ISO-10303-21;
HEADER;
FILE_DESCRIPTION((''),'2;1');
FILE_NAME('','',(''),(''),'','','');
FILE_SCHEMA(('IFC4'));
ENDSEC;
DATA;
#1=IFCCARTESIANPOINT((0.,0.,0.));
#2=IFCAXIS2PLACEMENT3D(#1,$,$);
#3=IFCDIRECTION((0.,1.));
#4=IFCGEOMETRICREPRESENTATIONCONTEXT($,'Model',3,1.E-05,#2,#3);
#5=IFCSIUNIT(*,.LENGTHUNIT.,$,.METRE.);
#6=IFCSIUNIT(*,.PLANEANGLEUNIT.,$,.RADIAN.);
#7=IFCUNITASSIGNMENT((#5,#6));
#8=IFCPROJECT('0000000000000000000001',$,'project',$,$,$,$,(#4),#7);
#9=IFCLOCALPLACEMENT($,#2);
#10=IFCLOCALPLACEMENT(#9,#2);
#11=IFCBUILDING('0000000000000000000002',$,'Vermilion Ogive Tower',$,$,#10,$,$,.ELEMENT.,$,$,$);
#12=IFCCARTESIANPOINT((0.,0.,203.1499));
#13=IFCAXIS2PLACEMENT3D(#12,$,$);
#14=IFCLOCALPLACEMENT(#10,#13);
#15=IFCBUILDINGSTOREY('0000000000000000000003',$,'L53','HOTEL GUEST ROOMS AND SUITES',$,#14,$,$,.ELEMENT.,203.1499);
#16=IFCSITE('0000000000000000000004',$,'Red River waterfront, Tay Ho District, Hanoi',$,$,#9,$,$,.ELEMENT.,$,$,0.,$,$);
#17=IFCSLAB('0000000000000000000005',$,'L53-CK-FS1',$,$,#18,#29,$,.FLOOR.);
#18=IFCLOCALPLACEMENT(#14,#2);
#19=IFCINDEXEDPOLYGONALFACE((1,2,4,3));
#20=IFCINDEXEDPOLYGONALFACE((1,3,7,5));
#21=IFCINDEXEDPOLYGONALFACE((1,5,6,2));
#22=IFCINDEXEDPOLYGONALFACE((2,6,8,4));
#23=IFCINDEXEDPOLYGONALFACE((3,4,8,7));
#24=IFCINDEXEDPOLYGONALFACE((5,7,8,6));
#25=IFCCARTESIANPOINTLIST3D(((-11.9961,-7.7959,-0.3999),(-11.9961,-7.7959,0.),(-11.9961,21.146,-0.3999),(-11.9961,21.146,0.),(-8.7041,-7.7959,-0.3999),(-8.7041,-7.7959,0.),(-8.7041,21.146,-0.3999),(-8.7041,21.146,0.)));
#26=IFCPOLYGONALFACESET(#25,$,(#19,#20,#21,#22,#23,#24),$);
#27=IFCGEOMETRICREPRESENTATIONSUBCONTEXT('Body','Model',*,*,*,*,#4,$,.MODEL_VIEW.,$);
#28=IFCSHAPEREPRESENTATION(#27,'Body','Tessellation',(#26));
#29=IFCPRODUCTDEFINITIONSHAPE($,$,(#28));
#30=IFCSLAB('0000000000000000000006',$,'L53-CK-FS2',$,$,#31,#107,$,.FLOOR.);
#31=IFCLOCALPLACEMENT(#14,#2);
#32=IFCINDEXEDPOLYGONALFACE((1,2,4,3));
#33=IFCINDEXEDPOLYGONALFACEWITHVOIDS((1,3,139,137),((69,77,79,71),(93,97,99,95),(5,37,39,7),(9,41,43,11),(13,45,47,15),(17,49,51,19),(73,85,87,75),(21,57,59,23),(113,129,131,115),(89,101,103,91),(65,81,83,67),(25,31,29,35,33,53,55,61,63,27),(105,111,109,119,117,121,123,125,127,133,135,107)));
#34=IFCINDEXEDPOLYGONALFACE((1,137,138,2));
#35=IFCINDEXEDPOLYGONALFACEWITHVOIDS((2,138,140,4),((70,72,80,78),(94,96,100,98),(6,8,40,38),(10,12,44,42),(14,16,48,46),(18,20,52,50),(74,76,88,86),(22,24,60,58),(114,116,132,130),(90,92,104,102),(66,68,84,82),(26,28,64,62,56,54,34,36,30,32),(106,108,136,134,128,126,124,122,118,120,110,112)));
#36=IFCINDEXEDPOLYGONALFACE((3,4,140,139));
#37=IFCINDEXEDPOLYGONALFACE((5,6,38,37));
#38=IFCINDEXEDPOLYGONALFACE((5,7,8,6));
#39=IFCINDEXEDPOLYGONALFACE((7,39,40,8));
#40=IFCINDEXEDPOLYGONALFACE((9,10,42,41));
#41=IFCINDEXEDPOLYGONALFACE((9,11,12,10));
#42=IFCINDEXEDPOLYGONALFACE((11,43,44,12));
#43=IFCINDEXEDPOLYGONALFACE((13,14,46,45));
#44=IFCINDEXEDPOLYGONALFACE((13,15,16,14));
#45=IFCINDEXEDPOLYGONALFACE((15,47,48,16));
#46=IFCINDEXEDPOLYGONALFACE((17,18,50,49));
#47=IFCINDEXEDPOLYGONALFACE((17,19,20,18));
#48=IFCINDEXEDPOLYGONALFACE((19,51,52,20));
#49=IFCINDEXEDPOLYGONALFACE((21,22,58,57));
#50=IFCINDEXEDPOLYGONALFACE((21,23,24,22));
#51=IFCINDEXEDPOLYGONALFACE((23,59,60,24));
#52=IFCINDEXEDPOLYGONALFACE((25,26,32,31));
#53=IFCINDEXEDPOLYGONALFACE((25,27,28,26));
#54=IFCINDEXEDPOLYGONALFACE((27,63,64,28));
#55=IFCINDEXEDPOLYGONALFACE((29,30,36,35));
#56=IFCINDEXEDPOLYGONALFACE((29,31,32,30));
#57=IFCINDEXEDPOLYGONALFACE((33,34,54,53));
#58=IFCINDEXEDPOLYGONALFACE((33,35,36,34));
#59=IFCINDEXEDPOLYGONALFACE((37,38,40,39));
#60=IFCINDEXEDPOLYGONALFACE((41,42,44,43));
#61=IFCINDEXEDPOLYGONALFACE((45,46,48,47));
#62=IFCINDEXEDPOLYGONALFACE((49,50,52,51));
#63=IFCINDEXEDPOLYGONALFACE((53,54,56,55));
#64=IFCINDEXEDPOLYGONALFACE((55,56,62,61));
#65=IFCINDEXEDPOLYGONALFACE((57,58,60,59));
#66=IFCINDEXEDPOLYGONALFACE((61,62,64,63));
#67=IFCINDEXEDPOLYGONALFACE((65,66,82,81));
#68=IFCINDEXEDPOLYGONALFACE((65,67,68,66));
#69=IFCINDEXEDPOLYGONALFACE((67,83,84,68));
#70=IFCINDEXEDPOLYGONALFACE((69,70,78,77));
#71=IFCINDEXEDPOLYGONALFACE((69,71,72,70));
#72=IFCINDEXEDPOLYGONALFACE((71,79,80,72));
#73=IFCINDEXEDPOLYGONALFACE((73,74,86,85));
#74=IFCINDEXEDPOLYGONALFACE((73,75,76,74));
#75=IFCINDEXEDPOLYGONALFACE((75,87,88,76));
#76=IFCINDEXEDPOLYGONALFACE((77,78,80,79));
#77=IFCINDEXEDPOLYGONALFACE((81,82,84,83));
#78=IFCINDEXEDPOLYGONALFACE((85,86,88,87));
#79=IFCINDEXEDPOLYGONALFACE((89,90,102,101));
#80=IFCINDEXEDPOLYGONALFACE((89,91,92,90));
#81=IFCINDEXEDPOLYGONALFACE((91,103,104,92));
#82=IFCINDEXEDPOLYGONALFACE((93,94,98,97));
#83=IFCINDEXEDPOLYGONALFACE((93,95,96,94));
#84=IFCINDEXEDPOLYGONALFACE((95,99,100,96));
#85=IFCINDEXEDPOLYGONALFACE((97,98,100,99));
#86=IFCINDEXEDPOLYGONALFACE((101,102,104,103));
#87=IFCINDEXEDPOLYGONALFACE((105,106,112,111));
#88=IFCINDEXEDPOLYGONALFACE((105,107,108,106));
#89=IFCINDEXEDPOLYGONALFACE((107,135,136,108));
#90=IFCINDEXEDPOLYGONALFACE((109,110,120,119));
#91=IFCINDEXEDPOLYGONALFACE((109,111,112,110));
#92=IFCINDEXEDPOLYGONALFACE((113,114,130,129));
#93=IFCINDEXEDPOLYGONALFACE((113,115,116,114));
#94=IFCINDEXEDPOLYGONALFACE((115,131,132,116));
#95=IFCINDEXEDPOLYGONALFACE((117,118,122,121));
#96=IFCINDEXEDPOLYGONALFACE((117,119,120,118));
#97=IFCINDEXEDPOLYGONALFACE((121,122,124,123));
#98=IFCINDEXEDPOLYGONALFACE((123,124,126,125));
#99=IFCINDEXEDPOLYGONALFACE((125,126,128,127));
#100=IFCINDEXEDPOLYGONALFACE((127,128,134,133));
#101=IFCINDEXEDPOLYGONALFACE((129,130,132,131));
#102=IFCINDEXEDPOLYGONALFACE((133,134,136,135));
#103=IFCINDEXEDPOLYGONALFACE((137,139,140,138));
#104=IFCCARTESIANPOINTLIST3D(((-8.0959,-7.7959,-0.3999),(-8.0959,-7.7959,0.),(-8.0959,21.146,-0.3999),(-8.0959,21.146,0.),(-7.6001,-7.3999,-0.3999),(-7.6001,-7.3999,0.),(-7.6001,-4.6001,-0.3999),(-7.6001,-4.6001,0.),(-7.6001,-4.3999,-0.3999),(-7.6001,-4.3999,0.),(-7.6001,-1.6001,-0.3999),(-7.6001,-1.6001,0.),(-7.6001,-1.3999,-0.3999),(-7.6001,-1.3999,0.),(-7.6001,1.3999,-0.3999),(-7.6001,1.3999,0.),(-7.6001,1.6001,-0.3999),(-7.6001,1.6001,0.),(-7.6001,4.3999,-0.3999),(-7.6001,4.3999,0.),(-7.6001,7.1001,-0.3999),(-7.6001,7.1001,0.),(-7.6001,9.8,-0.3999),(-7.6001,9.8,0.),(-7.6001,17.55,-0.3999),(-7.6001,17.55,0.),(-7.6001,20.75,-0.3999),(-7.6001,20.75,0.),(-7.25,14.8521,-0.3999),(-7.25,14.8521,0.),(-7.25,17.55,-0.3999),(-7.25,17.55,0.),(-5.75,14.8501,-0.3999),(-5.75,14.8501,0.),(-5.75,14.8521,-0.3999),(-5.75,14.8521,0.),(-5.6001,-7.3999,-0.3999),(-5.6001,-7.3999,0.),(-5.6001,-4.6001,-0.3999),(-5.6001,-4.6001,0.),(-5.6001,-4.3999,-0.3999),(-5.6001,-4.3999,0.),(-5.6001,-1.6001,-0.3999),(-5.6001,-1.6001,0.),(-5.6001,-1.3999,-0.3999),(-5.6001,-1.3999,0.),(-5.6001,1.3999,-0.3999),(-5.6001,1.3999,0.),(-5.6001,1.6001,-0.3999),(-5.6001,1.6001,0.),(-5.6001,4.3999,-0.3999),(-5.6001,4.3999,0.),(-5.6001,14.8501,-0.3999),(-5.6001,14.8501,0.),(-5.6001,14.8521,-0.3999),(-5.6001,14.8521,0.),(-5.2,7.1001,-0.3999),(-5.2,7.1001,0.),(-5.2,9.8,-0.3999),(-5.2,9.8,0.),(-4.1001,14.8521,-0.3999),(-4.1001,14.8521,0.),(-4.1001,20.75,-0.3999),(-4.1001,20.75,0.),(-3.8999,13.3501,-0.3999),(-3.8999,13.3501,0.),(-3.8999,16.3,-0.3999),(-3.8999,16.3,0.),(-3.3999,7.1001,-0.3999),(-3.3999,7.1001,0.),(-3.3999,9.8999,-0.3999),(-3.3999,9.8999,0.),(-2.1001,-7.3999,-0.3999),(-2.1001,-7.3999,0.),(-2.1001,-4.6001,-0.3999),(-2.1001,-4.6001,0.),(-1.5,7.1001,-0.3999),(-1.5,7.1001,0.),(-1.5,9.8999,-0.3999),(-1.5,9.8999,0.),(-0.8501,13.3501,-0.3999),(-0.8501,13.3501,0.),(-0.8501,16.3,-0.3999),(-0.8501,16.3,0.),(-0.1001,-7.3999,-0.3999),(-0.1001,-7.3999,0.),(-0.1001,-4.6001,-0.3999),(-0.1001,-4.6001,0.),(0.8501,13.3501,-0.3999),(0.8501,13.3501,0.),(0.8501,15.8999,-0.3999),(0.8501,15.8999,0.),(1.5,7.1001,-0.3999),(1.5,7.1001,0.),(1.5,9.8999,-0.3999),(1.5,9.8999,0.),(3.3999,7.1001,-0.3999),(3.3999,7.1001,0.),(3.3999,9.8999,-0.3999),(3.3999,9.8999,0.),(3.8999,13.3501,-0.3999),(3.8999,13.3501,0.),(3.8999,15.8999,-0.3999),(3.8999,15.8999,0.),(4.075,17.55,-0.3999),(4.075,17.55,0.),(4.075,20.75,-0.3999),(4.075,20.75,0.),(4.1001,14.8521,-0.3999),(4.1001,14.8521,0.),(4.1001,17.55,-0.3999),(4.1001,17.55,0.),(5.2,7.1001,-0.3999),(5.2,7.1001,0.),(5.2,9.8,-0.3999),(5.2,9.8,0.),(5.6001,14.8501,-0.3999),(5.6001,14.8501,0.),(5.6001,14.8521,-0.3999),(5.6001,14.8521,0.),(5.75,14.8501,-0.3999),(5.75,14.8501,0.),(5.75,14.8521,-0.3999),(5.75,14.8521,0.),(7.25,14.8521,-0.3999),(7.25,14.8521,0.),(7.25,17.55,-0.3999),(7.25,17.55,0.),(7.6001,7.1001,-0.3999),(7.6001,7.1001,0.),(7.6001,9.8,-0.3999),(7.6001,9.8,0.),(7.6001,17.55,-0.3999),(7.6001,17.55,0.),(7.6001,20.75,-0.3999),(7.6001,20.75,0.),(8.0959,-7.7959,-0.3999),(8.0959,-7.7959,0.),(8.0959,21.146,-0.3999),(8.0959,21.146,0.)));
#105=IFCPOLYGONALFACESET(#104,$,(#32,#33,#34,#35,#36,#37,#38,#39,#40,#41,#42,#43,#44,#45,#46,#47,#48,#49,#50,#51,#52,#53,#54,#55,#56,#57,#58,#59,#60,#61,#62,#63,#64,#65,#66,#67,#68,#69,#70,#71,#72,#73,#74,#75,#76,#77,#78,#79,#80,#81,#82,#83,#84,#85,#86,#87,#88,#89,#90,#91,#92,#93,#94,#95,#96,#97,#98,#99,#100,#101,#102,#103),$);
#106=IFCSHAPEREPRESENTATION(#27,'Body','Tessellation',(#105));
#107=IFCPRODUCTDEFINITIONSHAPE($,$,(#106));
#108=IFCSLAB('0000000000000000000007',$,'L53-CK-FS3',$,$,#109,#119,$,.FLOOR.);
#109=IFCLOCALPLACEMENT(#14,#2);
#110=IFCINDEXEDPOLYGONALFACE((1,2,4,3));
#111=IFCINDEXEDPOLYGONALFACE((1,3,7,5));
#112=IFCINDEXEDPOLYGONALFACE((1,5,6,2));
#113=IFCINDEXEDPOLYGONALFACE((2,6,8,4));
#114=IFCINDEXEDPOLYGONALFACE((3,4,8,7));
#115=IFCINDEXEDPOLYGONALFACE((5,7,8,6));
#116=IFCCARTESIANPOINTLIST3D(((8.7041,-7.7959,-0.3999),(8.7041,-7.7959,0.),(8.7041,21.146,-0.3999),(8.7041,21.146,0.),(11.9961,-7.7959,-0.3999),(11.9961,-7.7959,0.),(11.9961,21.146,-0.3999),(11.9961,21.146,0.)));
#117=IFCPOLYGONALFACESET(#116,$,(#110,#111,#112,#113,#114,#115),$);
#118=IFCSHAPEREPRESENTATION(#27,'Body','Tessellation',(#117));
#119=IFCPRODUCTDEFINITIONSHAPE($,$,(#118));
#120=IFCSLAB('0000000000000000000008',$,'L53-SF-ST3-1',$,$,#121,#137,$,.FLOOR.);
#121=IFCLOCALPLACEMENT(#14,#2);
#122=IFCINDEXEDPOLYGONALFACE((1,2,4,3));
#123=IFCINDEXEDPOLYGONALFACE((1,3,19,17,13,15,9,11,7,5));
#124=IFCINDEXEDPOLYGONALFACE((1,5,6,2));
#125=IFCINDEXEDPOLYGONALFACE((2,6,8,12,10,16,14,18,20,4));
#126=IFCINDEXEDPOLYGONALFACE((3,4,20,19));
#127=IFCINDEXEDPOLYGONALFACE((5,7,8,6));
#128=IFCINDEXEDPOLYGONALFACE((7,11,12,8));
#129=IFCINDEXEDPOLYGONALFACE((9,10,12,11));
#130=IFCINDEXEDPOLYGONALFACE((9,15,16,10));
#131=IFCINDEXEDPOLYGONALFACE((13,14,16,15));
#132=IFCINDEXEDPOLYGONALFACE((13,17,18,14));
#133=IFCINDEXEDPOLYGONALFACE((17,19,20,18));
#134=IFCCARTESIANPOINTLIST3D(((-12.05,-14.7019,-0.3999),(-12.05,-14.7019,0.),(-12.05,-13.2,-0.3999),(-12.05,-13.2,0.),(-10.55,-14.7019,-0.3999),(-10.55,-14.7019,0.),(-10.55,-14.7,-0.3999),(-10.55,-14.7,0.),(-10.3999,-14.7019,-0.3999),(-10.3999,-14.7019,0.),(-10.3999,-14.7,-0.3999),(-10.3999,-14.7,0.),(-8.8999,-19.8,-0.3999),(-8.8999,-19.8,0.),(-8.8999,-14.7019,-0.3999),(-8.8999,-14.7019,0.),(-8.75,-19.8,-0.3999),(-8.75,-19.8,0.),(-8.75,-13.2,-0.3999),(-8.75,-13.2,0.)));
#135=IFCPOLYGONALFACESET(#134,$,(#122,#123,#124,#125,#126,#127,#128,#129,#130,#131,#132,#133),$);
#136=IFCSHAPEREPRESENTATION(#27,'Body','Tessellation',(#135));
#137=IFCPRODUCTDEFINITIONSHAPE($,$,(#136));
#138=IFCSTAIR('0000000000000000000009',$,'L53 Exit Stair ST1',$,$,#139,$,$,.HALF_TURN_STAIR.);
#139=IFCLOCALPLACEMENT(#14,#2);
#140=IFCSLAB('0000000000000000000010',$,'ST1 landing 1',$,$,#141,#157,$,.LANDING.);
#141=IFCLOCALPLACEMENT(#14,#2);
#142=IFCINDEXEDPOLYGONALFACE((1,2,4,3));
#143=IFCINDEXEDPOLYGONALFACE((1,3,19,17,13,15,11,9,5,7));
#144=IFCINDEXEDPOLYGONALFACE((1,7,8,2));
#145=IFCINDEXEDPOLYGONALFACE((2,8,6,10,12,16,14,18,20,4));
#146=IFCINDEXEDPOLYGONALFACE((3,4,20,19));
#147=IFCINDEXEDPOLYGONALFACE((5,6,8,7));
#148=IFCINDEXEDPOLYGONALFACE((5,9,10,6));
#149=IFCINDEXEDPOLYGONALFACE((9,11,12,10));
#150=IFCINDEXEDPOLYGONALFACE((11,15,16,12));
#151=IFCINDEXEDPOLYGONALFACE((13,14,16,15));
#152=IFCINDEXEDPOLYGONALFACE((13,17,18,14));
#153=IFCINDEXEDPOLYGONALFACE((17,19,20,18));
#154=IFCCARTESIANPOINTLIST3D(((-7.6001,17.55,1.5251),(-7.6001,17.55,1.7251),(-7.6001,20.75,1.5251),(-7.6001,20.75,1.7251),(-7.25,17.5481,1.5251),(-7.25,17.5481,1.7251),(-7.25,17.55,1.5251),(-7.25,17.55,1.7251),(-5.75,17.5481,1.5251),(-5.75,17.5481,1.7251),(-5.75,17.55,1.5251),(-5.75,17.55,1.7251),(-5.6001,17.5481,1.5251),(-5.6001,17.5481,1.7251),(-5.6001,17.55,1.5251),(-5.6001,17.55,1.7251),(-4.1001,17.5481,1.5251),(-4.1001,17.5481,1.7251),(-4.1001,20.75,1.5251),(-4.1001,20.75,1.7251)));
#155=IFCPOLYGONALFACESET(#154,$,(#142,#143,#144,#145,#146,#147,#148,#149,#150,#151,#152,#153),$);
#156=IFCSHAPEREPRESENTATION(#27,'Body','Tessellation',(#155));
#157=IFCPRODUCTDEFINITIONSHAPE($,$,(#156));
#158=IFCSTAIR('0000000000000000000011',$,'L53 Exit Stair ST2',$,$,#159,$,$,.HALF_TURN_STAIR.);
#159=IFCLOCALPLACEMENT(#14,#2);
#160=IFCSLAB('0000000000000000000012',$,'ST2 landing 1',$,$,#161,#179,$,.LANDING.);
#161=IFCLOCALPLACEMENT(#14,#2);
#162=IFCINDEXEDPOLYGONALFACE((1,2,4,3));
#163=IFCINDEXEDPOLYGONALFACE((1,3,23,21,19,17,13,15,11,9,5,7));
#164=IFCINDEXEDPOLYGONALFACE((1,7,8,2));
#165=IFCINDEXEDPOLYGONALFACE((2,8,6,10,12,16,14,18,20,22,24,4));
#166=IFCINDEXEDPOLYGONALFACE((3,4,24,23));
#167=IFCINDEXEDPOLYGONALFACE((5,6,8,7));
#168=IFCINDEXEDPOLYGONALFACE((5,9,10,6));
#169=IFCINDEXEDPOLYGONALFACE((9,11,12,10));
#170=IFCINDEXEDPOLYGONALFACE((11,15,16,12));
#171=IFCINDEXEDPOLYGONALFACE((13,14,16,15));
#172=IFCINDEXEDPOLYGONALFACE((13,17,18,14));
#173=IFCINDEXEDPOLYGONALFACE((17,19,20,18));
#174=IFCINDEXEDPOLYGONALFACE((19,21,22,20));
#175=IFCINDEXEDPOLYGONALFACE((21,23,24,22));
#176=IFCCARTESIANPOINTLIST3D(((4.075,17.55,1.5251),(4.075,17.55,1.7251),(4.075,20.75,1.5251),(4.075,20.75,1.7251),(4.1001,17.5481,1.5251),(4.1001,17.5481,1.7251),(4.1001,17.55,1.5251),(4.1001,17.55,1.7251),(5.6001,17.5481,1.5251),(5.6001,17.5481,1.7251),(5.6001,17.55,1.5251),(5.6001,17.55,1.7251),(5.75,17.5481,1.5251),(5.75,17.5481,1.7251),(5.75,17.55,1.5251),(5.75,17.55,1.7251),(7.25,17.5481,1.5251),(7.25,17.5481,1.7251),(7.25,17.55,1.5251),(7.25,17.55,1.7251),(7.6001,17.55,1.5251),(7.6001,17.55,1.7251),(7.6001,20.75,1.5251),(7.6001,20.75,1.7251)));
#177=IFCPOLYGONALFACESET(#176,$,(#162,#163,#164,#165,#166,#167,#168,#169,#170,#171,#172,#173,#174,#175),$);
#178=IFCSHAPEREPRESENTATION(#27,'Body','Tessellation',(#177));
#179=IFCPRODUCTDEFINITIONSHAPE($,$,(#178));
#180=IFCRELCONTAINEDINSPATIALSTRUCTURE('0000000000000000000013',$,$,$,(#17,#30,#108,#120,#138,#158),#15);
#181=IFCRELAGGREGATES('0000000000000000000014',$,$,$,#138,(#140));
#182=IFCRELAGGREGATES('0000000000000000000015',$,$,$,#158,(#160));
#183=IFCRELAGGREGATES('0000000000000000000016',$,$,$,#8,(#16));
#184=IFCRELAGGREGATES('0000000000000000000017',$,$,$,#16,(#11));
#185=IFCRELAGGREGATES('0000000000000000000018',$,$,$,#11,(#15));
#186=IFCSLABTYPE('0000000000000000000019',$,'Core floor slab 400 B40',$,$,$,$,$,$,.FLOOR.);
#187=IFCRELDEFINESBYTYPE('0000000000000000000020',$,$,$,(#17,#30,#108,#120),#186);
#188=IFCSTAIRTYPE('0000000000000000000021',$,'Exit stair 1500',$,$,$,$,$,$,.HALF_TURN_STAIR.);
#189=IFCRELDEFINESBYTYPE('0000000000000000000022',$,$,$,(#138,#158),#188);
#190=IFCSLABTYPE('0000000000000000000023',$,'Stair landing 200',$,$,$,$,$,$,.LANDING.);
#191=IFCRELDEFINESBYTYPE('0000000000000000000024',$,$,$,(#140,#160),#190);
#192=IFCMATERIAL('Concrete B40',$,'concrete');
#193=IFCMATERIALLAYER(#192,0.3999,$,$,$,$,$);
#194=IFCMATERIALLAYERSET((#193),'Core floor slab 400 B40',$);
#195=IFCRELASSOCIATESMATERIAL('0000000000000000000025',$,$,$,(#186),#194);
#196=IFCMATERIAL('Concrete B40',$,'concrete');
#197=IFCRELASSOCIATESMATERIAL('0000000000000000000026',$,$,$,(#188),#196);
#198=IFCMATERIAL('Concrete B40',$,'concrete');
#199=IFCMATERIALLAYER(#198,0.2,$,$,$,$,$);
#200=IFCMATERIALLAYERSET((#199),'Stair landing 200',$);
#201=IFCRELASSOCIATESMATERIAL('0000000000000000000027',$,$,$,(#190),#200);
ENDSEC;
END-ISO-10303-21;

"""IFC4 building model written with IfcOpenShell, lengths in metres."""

from ifc_helpers import new_model, si_unit, direction, frame, origin, place, context, subcontext, project, spatial, polyline, outline, extrude, material, layer, layer_set, type_object, element, aggregate, save


model = new_model("IFC4")

# Units and contexts
model_context = context("Model", 3, precision=1e-05, world=origin(), true_north=direction((0.0, 1.0)))
body_context = subcontext(model_context, "Body", "Model", "MODEL_VIEW")
ifc_project = project(units=[si_unit("LENGTHUNIT", "METRE"), si_unit("PLANEANGLEUNIT", "RADIAN")], contexts=[model_context])

# Site, building, storey
site_placement = place(None, origin())
site = spatial("IfcSite", under=ifc_project, at=site_placement, Name="Red River waterfront, Tay Ho District, Hanoi", CompositionType="ELEMENT", RefElevation=0.0)
building_placement = place(site_placement, origin())
building = spatial("IfcBuilding", under=site, at=building_placement, Name="Vermilion Ogive Tower", CompositionType="ELEMENT")
storey_placement = place(building_placement, frame((0.0, 0.0, 203.1499)))
storey = spatial("IfcBuildingStorey", under=building, at=storey_placement, Name="L53", Description="HOTEL GUEST ROOMS AND SUITES", CompositionType="ELEMENT", Elevation=203.1499)

# Slabs
ifc_material_1 = material(Name="Concrete B40", Category="concrete")
ifc_layer_1 = layer(ifc_material_1, 0.3999)
ifc_layer_set_1 = layer_set([ifc_layer_1], Name="Core floor slab 400 B40")
slab_type_1 = type_object("IfcSlabType", Name="Core floor slab 400 B40", PredefinedType="FLOOR", material=ifc_layer_set_1)
slab_1_placement = place(storey_placement, frame((0.0, 0.0, -0.3999)))
element("IfcSlab", 1, at=slab_1_placement, inside=storey, type_object=slab_type_1, Name="L53-CK-FS1", PredefinedType="FLOOR", context=body_context, shape_type="SweptSolid", body=[
    extrude(outline(polyline([(-11.9961, 21.146), (-8.7041, 21.146), (-8.7041, -7.7959), (-11.9961, -7.7959), (-11.9961, 21.146)])), origin(), (0.0, 0.0, 1.0), 0.3999),
])
slab_2_placement = place(storey_placement, frame((0.0, 0.0, -0.3999)))
element("IfcSlab", 2, at=slab_2_placement, inside=storey, type_object=slab_type_1, Name="L53-CK-FS2", PredefinedType="FLOOR", context=body_context, shape_type="SweptSolid", body=[
    extrude(outline(polyline([(-8.0959, -7.7959), (8.0959, -7.7959), (8.0959, 21.146), (-8.0959, 21.146), (-8.0959, -7.7959)]), holes=[polyline([(-7.6001, -7.3999), (-7.6001, -4.6001), (-5.6001, -4.6001), (-5.6001, -7.3999), (-7.6001, -7.3999)]), polyline([(-7.6001, -4.3999), (-7.6001, -1.6001), (-5.6001, -1.6001), (-5.6001, -4.3999), (-7.6001, -4.3999)]), polyline([(-7.6001, -1.3999), (-7.6001, 1.3999), (-5.6001, 1.3999), (-5.6001, -1.3999), (-7.6001, -1.3999)]), polyline([(-7.6001, 1.6001), (-7.6001, 4.3999), (-5.6001, 4.3999), (-5.6001, 1.6001), (-7.6001, 1.6001)]), polyline([(-7.6001, 7.1001), (-7.6001, 9.8), (-5.2, 9.8), (-5.2, 7.1001), (-7.6001, 7.1001)]), polyline([(-3.3999, 9.8999), (-1.5, 9.8999), (-1.5, 7.1001), (-3.3999, 7.1001), (-3.3999, 9.8999)]), polyline([(-7.6001, 17.55), (-7.6001, 20.75), (-4.1001, 20.75), (-4.1001, 14.8521), (-5.6001, 14.8521), (-5.6001, 14.8501), (-5.75, 14.8501), (-5.75, 14.8521), (-7.25, 14.8521), (-7.25, 17.55), (-7.6001, 17.55)]), polyline([(-2.1001, -7.3999), (-2.1001, -4.6001), (-0.1001, -4.6001), (-0.1001, -7.3999), (-2.1001, -7.3999)]), polyline([(5.2, 7.1001), (5.2, 9.8), (7.6001, 9.8), (7.6001, 7.1001), (5.2, 7.1001)]), polyline([(1.5, 7.1001), (1.5, 9.8999), (3.3999, 9.8999), (3.3999, 7.1001), (1.5, 7.1001)]), polyline([(0.8501, 13.3501), (0.8501, 15.8999), (3.8999, 15.8999), (3.8999, 13.3501), (0.8501, 13.3501)]), polyline([(-3.8999, 16.3), (-0.8501, 16.3), (-0.8501, 13.3501), (-3.8999, 13.3501), (-3.8999, 16.3)]), polyline([(5.75, 14.8501), (5.6001, 14.8501), (5.6001, 14.8521), (4.1001, 14.8521), (4.1001, 17.55), (4.075, 17.55), (4.075, 20.75), (7.6001, 20.75), (7.6001, 17.55), (7.25, 17.55), (7.25, 14.8521), (5.75, 14.8521), (5.75, 14.8501)])]), origin(), (0.0, 0.0, 1.0), 0.3999),
])
slab_3_placement = place(storey_placement, frame((0.0, 0.0, -0.3999)))
element("IfcSlab", 3, at=slab_3_placement, inside=storey, type_object=slab_type_1, Name="L53-CK-FS3", PredefinedType="FLOOR", context=body_context, shape_type="SweptSolid", body=[
    extrude(outline(polyline([(11.9961, 21.146), (11.9961, -7.7959), (8.7041, -7.7959), (8.7041, 21.146), (11.9961, 21.146)])), origin(), (0.0, 0.0, 1.0), 0.3999),
])
slab_4_placement = place(storey_placement, frame((0.0, 0.0, -0.3999)))
element("IfcSlab", 4, at=slab_4_placement, inside=storey, type_object=slab_type_1, Name="L53-SF-ST3-1", PredefinedType="FLOOR", context=body_context, shape_type="SweptSolid", body=[
    extrude(outline(polyline([(-12.05, -13.2), (-12.05, -14.7019), (-10.55, -14.7019), (-10.55, -14.7), (-10.3999, -14.7), (-10.3999, -14.7019), (-8.8999, -14.7019), (-8.8999, -19.8), (-8.75, -19.8), (-8.75, -13.2), (-12.05, -13.2)])), origin(), (0.0, 0.0, 1.0), 0.3999),
])

# Stairs, slabs
ifc_material_2 = material(Name="Concrete B40", Category="concrete")
stair_type = type_object("IfcStairType", Name="Exit stair 1500", PredefinedType="HALF_TURN_STAIR", material=ifc_material_2)
stair_1_placement = place(storey_placement, origin())
stair_1 = element("IfcStair", 5, at=stair_1_placement, inside=storey, type_object=stair_type, Name="L53 Exit Stair ST1", PredefinedType="HALF_TURN_STAIR")
ifc_material_3 = material(Name="Concrete B40", Category="concrete")
ifc_layer_2 = layer(ifc_material_3, 0.2)
ifc_layer_set_2 = layer_set([ifc_layer_2], Name="Stair landing 200")
slab_type_2 = type_object("IfcSlabType", Name="Stair landing 200", PredefinedType="LANDING", material=ifc_layer_set_2)
slab_5_placement = place(storey_placement, frame((0.0, 0.0, 1.5251)))
slab_5 = element("IfcSlab", 6, at=slab_5_placement, type_object=slab_type_2, Name="ST1 landing 1", PredefinedType="LANDING", context=body_context, shape_type="SweptSolid", body=[
    extrude(outline(polyline([(-7.6001, 17.55), (-7.25, 17.55), (-7.25, 17.5481), (-5.75, 17.5481), (-5.75, 17.55), (-5.6001, 17.55), (-5.6001, 17.5481), (-4.1001, 17.5481), (-4.1001, 20.75), (-7.6001, 20.75), (-7.6001, 17.55)])), origin(), (0.0, 0.0, 1.0), 0.2),
])
aggregate(stair_1, [slab_5])
stair_2_placement = place(storey_placement, origin())
stair_2 = element("IfcStair", 7, at=stair_2_placement, inside=storey, type_object=stair_type, Name="L53 Exit Stair ST2", PredefinedType="HALF_TURN_STAIR")
slab_6_placement = place(storey_placement, frame((0.0, 0.0, 1.5251)))
slab_6 = element("IfcSlab", 8, at=slab_6_placement, type_object=slab_type_2, Name="ST2 landing 1", PredefinedType="LANDING", context=body_context, shape_type="SweptSolid", body=[
    extrude(outline(polyline([(5.6001, 17.55), (5.75, 17.55), (5.75, 17.5481), (7.25, 17.5481), (7.25, 17.55), (7.6001, 17.55), (7.6001, 20.75), (4.075, 20.75), (4.075, 17.55), (4.1001, 17.55), (4.1001, 17.5481), (5.6001, 17.5481), (5.6001, 17.55)])), origin(), (0.0, 0.0, 1.0), 0.2),
])
aggregate(stair_2, [slab_6])

save(model, "model.ifc")
